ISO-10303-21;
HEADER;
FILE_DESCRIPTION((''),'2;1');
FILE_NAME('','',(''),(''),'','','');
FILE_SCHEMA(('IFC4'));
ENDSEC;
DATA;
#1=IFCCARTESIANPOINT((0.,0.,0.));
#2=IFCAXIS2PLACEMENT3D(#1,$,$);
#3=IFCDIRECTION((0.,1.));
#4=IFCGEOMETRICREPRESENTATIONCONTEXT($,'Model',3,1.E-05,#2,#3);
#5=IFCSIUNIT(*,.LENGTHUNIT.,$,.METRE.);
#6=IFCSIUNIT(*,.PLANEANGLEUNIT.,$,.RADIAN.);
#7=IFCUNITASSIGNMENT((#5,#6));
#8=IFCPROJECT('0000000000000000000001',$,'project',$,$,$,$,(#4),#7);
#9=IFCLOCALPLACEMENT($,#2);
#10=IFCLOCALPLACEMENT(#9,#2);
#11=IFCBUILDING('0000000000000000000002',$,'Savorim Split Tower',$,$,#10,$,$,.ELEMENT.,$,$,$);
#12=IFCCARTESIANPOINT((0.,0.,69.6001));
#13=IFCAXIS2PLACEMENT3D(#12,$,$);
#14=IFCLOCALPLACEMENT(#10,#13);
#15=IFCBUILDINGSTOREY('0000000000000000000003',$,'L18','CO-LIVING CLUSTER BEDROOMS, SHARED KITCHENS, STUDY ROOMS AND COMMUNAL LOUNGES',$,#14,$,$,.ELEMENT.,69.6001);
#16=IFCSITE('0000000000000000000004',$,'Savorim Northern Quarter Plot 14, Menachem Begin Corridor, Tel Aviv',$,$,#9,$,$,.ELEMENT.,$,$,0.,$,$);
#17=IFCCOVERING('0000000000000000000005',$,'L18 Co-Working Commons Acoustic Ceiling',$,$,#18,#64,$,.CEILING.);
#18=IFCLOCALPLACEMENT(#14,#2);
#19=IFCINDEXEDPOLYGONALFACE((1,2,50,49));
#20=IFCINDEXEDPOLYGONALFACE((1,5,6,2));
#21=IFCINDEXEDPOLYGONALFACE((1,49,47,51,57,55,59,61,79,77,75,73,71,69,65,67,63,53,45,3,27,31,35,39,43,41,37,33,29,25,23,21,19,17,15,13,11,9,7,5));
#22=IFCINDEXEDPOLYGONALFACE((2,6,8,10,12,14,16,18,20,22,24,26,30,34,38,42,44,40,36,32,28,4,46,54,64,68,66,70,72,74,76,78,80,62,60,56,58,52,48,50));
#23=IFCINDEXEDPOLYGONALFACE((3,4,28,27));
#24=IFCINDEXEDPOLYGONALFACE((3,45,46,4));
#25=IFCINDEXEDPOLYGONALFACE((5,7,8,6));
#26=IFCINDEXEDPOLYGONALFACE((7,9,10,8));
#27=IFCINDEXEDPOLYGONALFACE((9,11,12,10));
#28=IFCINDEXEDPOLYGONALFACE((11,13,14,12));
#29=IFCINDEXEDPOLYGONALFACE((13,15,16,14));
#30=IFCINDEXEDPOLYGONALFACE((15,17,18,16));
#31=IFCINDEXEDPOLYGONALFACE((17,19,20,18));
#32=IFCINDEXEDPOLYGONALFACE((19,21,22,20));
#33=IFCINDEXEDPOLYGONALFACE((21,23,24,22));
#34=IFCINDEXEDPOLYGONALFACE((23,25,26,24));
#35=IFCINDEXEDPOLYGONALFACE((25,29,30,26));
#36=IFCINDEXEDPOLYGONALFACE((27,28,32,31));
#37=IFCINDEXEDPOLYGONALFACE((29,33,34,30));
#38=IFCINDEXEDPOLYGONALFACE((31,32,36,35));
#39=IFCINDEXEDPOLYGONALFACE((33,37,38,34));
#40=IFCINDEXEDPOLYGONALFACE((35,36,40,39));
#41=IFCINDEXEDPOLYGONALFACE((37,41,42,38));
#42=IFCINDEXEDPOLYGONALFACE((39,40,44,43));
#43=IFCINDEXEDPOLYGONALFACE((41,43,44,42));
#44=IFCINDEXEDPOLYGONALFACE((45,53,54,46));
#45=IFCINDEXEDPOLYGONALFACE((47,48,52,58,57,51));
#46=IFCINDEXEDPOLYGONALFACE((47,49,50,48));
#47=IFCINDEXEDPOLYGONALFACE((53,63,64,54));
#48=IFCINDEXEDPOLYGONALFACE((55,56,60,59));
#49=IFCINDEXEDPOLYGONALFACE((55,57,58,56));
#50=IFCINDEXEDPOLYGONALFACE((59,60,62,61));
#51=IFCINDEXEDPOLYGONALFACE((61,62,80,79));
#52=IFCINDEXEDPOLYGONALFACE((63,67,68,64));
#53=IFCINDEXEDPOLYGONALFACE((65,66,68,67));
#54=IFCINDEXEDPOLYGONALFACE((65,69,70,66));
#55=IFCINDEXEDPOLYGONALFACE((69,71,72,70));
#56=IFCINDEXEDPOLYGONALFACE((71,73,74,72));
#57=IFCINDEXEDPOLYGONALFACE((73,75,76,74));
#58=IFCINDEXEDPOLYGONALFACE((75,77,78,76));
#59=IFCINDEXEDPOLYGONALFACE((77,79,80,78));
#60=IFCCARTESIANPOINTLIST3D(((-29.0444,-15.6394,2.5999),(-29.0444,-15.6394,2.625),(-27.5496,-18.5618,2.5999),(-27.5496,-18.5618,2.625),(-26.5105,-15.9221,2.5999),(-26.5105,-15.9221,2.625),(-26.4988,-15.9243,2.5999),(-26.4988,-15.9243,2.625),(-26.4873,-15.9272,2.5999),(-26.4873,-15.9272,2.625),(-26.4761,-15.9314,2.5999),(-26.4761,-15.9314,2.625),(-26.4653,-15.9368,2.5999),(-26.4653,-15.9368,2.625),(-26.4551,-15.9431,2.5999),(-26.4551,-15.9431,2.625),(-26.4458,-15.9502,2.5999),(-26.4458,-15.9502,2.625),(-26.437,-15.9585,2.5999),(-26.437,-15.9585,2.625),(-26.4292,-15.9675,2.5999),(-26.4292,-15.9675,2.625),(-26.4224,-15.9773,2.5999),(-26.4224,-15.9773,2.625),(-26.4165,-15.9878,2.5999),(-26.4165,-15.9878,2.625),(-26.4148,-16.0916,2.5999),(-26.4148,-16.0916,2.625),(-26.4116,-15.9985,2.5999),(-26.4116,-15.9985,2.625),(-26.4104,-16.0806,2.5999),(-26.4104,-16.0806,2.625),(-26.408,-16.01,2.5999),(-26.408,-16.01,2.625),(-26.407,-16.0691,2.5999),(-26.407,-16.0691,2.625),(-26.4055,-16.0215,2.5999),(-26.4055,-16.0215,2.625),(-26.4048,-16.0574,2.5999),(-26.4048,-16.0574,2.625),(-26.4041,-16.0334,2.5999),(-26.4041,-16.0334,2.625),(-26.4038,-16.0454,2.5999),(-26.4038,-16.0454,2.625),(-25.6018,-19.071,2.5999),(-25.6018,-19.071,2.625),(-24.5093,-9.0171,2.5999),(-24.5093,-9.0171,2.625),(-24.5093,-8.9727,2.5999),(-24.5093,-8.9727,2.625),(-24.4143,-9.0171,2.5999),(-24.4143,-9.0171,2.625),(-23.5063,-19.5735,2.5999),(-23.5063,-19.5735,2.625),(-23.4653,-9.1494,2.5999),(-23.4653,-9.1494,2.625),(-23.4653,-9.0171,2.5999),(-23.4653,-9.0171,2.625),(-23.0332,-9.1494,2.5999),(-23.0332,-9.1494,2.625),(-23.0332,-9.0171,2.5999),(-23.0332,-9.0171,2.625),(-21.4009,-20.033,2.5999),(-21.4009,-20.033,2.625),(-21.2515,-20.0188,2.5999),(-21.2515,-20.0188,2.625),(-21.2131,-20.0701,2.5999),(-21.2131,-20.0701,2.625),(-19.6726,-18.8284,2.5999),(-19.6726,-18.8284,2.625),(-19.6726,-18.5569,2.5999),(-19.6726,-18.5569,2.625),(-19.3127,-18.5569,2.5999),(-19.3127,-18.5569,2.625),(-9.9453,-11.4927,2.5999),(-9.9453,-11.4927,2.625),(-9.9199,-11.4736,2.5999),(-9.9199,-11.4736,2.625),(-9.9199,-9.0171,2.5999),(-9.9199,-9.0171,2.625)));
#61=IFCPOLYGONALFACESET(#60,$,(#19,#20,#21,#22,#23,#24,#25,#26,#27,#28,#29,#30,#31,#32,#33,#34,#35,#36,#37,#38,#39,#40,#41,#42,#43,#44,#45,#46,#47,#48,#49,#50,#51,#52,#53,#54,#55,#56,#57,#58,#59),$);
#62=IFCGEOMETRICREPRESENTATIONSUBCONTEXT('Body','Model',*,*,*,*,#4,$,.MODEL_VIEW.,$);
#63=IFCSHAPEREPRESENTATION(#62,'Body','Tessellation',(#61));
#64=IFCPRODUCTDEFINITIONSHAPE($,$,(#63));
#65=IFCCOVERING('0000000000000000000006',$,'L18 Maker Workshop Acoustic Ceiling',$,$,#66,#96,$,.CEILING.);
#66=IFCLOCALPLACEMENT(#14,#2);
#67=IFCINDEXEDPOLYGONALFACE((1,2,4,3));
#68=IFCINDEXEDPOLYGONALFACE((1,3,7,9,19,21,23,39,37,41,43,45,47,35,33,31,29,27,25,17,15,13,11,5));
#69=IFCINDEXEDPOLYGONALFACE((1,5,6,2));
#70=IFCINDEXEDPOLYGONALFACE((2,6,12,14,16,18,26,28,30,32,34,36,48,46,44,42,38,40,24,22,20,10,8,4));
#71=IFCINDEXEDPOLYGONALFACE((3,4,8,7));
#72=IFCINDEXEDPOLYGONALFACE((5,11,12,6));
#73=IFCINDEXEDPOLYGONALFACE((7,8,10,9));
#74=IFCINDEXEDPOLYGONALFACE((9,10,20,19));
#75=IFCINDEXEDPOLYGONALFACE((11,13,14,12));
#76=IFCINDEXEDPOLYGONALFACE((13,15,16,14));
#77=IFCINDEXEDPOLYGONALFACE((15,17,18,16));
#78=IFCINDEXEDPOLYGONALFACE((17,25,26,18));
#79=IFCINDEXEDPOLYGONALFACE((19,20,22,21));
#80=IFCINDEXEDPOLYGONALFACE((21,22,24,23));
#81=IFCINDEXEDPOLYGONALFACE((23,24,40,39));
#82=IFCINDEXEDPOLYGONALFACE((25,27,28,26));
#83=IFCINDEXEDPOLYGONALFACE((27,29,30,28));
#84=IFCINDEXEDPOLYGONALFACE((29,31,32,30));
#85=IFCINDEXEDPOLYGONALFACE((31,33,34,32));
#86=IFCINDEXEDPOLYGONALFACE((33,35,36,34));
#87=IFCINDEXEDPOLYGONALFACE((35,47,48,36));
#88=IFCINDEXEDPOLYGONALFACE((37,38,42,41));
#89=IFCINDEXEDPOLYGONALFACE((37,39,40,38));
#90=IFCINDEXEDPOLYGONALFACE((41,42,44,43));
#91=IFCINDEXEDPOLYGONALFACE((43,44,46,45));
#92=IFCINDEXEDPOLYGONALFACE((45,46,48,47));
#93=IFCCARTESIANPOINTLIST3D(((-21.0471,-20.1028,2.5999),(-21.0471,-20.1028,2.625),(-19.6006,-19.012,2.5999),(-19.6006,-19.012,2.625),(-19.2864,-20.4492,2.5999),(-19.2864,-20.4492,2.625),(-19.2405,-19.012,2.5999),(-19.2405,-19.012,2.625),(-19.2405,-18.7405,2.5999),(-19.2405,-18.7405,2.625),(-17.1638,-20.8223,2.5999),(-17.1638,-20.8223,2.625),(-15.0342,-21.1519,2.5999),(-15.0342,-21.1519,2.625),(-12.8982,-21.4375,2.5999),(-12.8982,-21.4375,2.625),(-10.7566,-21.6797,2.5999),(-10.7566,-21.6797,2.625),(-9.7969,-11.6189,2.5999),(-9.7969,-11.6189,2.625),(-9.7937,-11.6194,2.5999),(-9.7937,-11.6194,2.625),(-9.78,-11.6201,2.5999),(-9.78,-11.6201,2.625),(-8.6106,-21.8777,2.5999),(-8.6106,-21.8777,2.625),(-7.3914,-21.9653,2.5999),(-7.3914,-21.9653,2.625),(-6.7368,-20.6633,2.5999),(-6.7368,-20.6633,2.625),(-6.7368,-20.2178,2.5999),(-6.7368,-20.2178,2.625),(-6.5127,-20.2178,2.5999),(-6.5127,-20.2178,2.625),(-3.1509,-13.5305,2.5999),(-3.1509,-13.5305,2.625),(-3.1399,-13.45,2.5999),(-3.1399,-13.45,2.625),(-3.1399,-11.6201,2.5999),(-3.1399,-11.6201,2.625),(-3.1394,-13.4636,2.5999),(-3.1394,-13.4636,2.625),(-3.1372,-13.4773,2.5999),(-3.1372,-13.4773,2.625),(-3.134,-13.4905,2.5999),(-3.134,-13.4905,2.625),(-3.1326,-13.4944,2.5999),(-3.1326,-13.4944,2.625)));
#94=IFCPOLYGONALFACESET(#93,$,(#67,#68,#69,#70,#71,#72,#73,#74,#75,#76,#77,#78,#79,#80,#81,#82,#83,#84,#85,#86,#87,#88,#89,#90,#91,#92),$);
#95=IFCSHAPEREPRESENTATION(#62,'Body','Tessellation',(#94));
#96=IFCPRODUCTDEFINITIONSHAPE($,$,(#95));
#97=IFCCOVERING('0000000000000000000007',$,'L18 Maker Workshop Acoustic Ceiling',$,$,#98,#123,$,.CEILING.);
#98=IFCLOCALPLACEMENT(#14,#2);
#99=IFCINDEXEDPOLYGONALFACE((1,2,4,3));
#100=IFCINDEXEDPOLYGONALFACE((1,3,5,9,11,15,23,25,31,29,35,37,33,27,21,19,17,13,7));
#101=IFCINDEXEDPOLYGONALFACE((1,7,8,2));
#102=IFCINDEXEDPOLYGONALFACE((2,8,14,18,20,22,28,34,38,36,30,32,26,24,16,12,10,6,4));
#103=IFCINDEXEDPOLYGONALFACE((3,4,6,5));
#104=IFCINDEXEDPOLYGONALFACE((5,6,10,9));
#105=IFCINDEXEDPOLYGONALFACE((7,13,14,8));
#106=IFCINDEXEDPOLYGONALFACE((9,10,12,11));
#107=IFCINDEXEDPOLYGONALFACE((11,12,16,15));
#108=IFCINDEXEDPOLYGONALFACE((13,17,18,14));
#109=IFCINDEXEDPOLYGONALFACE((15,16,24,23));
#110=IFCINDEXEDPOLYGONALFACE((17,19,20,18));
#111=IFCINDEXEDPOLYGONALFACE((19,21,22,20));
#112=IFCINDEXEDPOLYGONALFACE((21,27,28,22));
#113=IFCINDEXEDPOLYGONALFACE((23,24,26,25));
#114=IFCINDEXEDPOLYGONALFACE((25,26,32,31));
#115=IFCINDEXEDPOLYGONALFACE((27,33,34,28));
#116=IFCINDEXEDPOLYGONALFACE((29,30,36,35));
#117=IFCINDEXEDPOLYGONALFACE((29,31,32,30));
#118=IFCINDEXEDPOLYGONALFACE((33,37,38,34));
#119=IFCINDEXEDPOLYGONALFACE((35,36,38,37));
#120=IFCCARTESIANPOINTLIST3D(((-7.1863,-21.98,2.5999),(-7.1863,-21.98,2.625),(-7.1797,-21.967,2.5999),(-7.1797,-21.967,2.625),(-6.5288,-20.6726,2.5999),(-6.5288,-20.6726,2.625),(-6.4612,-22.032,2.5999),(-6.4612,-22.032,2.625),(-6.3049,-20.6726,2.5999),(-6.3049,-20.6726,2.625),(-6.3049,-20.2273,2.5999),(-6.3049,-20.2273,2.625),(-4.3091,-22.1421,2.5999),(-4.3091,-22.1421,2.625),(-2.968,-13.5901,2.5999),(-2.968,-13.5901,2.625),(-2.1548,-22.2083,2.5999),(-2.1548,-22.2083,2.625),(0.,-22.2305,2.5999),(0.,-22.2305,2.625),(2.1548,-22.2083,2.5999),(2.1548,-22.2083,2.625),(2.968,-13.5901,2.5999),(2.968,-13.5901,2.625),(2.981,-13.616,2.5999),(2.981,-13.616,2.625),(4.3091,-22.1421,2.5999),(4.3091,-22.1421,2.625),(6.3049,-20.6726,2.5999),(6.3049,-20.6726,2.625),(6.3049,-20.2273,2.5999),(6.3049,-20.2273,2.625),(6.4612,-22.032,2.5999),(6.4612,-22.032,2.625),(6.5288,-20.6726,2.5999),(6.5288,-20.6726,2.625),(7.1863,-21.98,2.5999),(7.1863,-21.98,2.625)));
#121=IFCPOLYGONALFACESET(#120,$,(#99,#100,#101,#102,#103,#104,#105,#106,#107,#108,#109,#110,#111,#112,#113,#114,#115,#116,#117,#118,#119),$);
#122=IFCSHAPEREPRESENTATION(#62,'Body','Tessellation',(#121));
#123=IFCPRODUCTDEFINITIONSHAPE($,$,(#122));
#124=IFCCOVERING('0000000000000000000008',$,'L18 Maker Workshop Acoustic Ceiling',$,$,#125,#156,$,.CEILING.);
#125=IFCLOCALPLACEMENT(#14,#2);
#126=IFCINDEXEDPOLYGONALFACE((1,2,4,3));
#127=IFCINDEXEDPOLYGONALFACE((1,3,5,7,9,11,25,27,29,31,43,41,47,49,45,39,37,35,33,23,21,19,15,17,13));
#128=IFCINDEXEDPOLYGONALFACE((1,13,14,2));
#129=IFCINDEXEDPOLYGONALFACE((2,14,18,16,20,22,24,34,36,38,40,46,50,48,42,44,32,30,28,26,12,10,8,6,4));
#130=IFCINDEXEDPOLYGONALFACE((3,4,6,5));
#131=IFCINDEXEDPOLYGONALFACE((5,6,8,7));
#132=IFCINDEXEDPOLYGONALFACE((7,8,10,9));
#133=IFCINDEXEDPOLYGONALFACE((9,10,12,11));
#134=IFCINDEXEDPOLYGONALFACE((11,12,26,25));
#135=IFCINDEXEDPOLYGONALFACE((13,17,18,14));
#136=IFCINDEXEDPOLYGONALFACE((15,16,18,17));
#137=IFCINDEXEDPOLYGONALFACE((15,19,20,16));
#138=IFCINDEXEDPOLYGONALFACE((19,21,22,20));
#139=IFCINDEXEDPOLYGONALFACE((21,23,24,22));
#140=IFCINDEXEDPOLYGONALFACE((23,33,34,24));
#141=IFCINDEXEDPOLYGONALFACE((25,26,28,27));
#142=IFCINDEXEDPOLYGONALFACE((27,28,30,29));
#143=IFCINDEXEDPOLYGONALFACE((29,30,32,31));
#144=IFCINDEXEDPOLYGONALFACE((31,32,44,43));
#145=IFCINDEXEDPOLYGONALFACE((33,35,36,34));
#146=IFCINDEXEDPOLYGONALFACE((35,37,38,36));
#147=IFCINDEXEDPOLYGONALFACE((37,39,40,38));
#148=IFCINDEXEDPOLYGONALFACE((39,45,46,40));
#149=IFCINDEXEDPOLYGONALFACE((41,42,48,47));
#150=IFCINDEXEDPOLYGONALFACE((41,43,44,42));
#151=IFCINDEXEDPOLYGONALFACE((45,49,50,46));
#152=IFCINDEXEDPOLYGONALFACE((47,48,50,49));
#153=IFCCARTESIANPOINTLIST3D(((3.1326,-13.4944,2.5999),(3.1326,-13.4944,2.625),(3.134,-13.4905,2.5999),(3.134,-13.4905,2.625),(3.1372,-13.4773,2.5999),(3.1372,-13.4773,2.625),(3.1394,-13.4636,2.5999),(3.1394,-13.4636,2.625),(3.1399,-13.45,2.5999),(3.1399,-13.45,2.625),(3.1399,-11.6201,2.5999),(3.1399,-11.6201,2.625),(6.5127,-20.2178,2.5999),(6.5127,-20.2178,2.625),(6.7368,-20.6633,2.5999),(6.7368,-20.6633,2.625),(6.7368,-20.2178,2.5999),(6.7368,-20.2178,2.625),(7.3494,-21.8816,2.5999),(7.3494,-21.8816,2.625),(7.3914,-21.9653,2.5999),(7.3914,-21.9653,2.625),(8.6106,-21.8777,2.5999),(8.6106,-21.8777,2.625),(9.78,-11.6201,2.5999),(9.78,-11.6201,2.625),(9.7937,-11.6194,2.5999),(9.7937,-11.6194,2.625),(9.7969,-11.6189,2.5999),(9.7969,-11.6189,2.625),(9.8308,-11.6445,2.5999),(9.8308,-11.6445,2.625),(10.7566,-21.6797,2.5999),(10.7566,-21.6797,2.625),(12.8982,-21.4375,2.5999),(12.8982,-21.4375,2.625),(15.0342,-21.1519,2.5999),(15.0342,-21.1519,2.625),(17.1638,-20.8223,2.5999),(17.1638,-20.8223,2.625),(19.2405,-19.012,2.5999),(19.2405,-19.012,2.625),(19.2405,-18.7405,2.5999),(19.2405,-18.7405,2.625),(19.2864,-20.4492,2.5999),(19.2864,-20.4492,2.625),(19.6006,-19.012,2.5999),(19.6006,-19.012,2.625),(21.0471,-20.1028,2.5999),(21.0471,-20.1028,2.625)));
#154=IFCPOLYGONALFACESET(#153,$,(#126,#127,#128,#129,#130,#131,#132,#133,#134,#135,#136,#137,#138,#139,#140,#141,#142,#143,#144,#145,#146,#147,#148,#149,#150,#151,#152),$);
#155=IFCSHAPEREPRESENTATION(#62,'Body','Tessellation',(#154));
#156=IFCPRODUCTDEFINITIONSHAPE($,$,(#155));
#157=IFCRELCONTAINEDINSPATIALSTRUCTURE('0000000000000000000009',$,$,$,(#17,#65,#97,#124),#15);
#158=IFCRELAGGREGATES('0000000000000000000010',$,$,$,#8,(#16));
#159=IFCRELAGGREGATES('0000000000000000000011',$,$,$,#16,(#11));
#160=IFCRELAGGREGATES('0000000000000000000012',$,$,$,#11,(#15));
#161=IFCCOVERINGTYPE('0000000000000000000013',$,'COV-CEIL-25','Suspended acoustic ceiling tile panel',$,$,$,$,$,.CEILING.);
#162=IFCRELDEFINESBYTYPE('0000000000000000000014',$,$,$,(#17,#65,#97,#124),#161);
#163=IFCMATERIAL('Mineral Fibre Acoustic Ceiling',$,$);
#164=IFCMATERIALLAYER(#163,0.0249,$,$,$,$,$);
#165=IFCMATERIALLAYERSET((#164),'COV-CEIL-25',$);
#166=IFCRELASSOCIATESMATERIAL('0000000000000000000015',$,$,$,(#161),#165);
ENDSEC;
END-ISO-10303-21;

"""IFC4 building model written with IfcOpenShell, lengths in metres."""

from ifc_helpers import new_model, si_unit, direction, frame, origin, place, context, subcontext, project, spatial, polyline, outline, extrude, material, layer, layer_set, type_object, element, save


model = new_model("IFC4")

# Units and contexts
model_context = context("Model", 3, precision=1e-05, world=origin(), true_north=direction((0.0, 1.0)))
body_context = subcontext(model_context, "Body", "Model", "MODEL_VIEW")
ifc_project = project(units=[si_unit("LENGTHUNIT", "METRE"), si_unit("PLANEANGLEUNIT", "RADIAN")], contexts=[model_context])

# Site, building, storey
site_placement = place(None, origin())
site = spatial("IfcSite", under=ifc_project, at=site_placement, Name="Savorim Northern Quarter Plot 14, Menachem Begin Corridor, Tel Aviv", CompositionType="ELEMENT", RefElevation=0.0)
building_placement = place(site_placement, origin())
building = spatial("IfcBuilding", under=site, at=building_placement, Name="Savorim Split Tower", CompositionType="ELEMENT")
storey_placement = place(building_placement, frame((0.0, 0.0, 69.6001)))
storey = spatial("IfcBuildingStorey", under=building, at=storey_placement, Name="L18", Description="CO-LIVING CLUSTER BEDROOMS, SHARED KITCHENS, STUDY ROOMS AND COMMUNAL LOUNGES", CompositionType="ELEMENT", Elevation=69.6001)

# Coverings
ifc_material_1 = material(Name="Mineral Fibre Acoustic Ceiling")
ifc_layer_1 = layer(ifc_material_1, 0.0249)
ifc_layer_set_1 = layer_set([ifc_layer_1], Name="COV-CEIL-25")
covering_type_1 = type_object("IfcCoveringType", Name="COV-CEIL-25", Description="Suspended acoustic ceiling tile panel", PredefinedType="CEILING", material=ifc_layer_set_1)
covering_1_placement = place(storey_placement, frame((0.0, 0.0, 2.5999)))
element("IfcCovering", 1, at=covering_1_placement, inside=storey, type_object=covering_type_1, Name="L18 Co-Working Commons Acoustic Ceiling", PredefinedType="CEILING", context=body_context, shape_type="SweptSolid", body=[
    extrude(outline(polyline([(-26.4041, -16.0334), (-26.4038, -16.0454), (-26.4048, -16.0574), (-26.407, -16.0691), (-26.4104, -16.0806), (-26.4148, -16.0916), (-27.5496, -18.5618), (-25.6018, -19.071), (-23.5063, -19.5735), (-21.4009, -20.033), (-21.2131, -20.0701), (-21.2515, -20.0188), (-19.6726, -18.8284), (-19.6726, -18.5569), (-19.3127, -18.5569), (-9.9453, -11.4927), (-9.9199, -11.4736), (-9.9199, -9.0171), (-23.0332, -9.0171), (-23.0332, -9.1494), (-23.4653, -9.1494), (-23.4653, -9.0171), (-24.4143, -9.0171), (-24.5093, -9.0171), (-24.5093, -8.9727), (-29.0444, -15.6394), (-26.5105, -15.9221), (-26.4988, -15.9243), (-26.4873, -15.9272), (-26.4761, -15.9314), (-26.4653, -15.9368), (-26.4551, -15.9431), (-26.4458, -15.9502), (-26.437, -15.9585), (-26.4292, -15.9675), (-26.4224, -15.9773), (-26.4165, -15.9878), (-26.4116, -15.9985), (-26.408, -16.01), (-26.4055, -16.0215), (-26.4041, -16.0334)])), origin(), (0.0, 0.0, 1.0), 0.0251),
])
covering_2_placement = place(storey_placement, frame((0.0, 0.0, 2.5999)))
element("IfcCovering", 2, at=covering_2_placement, inside=storey, type_object=covering_type_1, Name="L18 Maker Workshop Acoustic Ceiling", PredefinedType="CEILING", context=body_context, shape_type="SweptSolid", body=[
    extrude(outline(polyline([(-15.0342, -21.1519), (-12.8982, -21.4375), (-10.7566, -21.6797), (-8.6106, -21.8777), (-7.3914, -21.9653), (-6.7368, -20.6633), (-6.7368, -20.2178), (-6.5127, -20.2178), (-3.1509, -13.5305), (-3.1326, -13.4944), (-3.134, -13.4905), (-3.1372, -13.4773), (-3.1394, -13.4636), (-3.1399, -13.45), (-3.1399, -11.6201), (-9.78, -11.6201), (-9.7937, -11.6194), (-9.7969, -11.6189), (-19.2405, -18.7405), (-19.2405, -19.012), (-19.6006, -19.012), (-21.0471, -20.1028), (-19.2864, -20.4492), (-17.1638, -20.8223), (-15.0342, -21.1519)])), origin(), (0.0, 0.0, 1.0), 0.0251),
])
covering_3_placement = place(storey_placement, frame((0.0, 0.0, 2.5999)))
element("IfcCovering", 3, at=covering_3_placement, inside=storey, type_object=covering_type_1, Name="L18 Maker Workshop Acoustic Ceiling", PredefinedType="CEILING", context=body_context, shape_type="SweptSolid", body=[
    extrude(outline(polyline([(0.0, -22.2305), (2.1548, -22.2083), (4.3091, -22.1421), (6.4612, -22.032), (7.1863, -21.98), (6.5288, -20.6726), (6.3049, -20.6726), (6.3049, -20.2273), (2.981, -13.616), (2.968, -13.5901), (-2.968, -13.5901), (-6.3049, -20.2273), (-6.3049, -20.6726), (-6.5288, -20.6726), (-7.1797, -21.967), (-7.1863, -21.98), (-6.4612, -22.032), (-4.3091, -22.1421), (-2.1548, -22.2083), (0.0, -22.2305)])), origin(), (0.0, 0.0, 1.0), 0.0251),
])
covering_4_placement = place(storey_placement, frame((0.0, 0.0, 2.5999)))
element("IfcCovering", 4, at=covering_4_placement, inside=storey, type_object=covering_type_1, Name="L18 Maker Workshop Acoustic Ceiling", PredefinedType="CEILING", context=body_context, shape_type="SweptSolid", body=[
    extrude(outline(polyline([(12.8982, -21.4375), (15.0342, -21.1519), (17.1638, -20.8223), (19.2864, -20.4492), (21.0471, -20.1028), (19.6006, -19.012), (19.2405, -19.012), (19.2405, -18.7405), (9.8308, -11.6445), (9.7969, -11.6189), (9.7937, -11.6194), (9.78, -11.6201), (3.1399, -11.6201), (3.1399, -13.45), (3.1394, -13.4636), (3.1372, -13.4773), (3.134, -13.4905), (3.1326, -13.4944), (6.5127, -20.2178), (6.7368, -20.2178), (6.7368, -20.6633), (7.3494, -21.8816), (7.3914, -21.9653), (8.6106, -21.8777), (10.7566, -21.6797), (12.8982, -21.4375)])), origin(), (0.0, 0.0, 1.0), 0.0251),
])

save(model, "model.ifc")
